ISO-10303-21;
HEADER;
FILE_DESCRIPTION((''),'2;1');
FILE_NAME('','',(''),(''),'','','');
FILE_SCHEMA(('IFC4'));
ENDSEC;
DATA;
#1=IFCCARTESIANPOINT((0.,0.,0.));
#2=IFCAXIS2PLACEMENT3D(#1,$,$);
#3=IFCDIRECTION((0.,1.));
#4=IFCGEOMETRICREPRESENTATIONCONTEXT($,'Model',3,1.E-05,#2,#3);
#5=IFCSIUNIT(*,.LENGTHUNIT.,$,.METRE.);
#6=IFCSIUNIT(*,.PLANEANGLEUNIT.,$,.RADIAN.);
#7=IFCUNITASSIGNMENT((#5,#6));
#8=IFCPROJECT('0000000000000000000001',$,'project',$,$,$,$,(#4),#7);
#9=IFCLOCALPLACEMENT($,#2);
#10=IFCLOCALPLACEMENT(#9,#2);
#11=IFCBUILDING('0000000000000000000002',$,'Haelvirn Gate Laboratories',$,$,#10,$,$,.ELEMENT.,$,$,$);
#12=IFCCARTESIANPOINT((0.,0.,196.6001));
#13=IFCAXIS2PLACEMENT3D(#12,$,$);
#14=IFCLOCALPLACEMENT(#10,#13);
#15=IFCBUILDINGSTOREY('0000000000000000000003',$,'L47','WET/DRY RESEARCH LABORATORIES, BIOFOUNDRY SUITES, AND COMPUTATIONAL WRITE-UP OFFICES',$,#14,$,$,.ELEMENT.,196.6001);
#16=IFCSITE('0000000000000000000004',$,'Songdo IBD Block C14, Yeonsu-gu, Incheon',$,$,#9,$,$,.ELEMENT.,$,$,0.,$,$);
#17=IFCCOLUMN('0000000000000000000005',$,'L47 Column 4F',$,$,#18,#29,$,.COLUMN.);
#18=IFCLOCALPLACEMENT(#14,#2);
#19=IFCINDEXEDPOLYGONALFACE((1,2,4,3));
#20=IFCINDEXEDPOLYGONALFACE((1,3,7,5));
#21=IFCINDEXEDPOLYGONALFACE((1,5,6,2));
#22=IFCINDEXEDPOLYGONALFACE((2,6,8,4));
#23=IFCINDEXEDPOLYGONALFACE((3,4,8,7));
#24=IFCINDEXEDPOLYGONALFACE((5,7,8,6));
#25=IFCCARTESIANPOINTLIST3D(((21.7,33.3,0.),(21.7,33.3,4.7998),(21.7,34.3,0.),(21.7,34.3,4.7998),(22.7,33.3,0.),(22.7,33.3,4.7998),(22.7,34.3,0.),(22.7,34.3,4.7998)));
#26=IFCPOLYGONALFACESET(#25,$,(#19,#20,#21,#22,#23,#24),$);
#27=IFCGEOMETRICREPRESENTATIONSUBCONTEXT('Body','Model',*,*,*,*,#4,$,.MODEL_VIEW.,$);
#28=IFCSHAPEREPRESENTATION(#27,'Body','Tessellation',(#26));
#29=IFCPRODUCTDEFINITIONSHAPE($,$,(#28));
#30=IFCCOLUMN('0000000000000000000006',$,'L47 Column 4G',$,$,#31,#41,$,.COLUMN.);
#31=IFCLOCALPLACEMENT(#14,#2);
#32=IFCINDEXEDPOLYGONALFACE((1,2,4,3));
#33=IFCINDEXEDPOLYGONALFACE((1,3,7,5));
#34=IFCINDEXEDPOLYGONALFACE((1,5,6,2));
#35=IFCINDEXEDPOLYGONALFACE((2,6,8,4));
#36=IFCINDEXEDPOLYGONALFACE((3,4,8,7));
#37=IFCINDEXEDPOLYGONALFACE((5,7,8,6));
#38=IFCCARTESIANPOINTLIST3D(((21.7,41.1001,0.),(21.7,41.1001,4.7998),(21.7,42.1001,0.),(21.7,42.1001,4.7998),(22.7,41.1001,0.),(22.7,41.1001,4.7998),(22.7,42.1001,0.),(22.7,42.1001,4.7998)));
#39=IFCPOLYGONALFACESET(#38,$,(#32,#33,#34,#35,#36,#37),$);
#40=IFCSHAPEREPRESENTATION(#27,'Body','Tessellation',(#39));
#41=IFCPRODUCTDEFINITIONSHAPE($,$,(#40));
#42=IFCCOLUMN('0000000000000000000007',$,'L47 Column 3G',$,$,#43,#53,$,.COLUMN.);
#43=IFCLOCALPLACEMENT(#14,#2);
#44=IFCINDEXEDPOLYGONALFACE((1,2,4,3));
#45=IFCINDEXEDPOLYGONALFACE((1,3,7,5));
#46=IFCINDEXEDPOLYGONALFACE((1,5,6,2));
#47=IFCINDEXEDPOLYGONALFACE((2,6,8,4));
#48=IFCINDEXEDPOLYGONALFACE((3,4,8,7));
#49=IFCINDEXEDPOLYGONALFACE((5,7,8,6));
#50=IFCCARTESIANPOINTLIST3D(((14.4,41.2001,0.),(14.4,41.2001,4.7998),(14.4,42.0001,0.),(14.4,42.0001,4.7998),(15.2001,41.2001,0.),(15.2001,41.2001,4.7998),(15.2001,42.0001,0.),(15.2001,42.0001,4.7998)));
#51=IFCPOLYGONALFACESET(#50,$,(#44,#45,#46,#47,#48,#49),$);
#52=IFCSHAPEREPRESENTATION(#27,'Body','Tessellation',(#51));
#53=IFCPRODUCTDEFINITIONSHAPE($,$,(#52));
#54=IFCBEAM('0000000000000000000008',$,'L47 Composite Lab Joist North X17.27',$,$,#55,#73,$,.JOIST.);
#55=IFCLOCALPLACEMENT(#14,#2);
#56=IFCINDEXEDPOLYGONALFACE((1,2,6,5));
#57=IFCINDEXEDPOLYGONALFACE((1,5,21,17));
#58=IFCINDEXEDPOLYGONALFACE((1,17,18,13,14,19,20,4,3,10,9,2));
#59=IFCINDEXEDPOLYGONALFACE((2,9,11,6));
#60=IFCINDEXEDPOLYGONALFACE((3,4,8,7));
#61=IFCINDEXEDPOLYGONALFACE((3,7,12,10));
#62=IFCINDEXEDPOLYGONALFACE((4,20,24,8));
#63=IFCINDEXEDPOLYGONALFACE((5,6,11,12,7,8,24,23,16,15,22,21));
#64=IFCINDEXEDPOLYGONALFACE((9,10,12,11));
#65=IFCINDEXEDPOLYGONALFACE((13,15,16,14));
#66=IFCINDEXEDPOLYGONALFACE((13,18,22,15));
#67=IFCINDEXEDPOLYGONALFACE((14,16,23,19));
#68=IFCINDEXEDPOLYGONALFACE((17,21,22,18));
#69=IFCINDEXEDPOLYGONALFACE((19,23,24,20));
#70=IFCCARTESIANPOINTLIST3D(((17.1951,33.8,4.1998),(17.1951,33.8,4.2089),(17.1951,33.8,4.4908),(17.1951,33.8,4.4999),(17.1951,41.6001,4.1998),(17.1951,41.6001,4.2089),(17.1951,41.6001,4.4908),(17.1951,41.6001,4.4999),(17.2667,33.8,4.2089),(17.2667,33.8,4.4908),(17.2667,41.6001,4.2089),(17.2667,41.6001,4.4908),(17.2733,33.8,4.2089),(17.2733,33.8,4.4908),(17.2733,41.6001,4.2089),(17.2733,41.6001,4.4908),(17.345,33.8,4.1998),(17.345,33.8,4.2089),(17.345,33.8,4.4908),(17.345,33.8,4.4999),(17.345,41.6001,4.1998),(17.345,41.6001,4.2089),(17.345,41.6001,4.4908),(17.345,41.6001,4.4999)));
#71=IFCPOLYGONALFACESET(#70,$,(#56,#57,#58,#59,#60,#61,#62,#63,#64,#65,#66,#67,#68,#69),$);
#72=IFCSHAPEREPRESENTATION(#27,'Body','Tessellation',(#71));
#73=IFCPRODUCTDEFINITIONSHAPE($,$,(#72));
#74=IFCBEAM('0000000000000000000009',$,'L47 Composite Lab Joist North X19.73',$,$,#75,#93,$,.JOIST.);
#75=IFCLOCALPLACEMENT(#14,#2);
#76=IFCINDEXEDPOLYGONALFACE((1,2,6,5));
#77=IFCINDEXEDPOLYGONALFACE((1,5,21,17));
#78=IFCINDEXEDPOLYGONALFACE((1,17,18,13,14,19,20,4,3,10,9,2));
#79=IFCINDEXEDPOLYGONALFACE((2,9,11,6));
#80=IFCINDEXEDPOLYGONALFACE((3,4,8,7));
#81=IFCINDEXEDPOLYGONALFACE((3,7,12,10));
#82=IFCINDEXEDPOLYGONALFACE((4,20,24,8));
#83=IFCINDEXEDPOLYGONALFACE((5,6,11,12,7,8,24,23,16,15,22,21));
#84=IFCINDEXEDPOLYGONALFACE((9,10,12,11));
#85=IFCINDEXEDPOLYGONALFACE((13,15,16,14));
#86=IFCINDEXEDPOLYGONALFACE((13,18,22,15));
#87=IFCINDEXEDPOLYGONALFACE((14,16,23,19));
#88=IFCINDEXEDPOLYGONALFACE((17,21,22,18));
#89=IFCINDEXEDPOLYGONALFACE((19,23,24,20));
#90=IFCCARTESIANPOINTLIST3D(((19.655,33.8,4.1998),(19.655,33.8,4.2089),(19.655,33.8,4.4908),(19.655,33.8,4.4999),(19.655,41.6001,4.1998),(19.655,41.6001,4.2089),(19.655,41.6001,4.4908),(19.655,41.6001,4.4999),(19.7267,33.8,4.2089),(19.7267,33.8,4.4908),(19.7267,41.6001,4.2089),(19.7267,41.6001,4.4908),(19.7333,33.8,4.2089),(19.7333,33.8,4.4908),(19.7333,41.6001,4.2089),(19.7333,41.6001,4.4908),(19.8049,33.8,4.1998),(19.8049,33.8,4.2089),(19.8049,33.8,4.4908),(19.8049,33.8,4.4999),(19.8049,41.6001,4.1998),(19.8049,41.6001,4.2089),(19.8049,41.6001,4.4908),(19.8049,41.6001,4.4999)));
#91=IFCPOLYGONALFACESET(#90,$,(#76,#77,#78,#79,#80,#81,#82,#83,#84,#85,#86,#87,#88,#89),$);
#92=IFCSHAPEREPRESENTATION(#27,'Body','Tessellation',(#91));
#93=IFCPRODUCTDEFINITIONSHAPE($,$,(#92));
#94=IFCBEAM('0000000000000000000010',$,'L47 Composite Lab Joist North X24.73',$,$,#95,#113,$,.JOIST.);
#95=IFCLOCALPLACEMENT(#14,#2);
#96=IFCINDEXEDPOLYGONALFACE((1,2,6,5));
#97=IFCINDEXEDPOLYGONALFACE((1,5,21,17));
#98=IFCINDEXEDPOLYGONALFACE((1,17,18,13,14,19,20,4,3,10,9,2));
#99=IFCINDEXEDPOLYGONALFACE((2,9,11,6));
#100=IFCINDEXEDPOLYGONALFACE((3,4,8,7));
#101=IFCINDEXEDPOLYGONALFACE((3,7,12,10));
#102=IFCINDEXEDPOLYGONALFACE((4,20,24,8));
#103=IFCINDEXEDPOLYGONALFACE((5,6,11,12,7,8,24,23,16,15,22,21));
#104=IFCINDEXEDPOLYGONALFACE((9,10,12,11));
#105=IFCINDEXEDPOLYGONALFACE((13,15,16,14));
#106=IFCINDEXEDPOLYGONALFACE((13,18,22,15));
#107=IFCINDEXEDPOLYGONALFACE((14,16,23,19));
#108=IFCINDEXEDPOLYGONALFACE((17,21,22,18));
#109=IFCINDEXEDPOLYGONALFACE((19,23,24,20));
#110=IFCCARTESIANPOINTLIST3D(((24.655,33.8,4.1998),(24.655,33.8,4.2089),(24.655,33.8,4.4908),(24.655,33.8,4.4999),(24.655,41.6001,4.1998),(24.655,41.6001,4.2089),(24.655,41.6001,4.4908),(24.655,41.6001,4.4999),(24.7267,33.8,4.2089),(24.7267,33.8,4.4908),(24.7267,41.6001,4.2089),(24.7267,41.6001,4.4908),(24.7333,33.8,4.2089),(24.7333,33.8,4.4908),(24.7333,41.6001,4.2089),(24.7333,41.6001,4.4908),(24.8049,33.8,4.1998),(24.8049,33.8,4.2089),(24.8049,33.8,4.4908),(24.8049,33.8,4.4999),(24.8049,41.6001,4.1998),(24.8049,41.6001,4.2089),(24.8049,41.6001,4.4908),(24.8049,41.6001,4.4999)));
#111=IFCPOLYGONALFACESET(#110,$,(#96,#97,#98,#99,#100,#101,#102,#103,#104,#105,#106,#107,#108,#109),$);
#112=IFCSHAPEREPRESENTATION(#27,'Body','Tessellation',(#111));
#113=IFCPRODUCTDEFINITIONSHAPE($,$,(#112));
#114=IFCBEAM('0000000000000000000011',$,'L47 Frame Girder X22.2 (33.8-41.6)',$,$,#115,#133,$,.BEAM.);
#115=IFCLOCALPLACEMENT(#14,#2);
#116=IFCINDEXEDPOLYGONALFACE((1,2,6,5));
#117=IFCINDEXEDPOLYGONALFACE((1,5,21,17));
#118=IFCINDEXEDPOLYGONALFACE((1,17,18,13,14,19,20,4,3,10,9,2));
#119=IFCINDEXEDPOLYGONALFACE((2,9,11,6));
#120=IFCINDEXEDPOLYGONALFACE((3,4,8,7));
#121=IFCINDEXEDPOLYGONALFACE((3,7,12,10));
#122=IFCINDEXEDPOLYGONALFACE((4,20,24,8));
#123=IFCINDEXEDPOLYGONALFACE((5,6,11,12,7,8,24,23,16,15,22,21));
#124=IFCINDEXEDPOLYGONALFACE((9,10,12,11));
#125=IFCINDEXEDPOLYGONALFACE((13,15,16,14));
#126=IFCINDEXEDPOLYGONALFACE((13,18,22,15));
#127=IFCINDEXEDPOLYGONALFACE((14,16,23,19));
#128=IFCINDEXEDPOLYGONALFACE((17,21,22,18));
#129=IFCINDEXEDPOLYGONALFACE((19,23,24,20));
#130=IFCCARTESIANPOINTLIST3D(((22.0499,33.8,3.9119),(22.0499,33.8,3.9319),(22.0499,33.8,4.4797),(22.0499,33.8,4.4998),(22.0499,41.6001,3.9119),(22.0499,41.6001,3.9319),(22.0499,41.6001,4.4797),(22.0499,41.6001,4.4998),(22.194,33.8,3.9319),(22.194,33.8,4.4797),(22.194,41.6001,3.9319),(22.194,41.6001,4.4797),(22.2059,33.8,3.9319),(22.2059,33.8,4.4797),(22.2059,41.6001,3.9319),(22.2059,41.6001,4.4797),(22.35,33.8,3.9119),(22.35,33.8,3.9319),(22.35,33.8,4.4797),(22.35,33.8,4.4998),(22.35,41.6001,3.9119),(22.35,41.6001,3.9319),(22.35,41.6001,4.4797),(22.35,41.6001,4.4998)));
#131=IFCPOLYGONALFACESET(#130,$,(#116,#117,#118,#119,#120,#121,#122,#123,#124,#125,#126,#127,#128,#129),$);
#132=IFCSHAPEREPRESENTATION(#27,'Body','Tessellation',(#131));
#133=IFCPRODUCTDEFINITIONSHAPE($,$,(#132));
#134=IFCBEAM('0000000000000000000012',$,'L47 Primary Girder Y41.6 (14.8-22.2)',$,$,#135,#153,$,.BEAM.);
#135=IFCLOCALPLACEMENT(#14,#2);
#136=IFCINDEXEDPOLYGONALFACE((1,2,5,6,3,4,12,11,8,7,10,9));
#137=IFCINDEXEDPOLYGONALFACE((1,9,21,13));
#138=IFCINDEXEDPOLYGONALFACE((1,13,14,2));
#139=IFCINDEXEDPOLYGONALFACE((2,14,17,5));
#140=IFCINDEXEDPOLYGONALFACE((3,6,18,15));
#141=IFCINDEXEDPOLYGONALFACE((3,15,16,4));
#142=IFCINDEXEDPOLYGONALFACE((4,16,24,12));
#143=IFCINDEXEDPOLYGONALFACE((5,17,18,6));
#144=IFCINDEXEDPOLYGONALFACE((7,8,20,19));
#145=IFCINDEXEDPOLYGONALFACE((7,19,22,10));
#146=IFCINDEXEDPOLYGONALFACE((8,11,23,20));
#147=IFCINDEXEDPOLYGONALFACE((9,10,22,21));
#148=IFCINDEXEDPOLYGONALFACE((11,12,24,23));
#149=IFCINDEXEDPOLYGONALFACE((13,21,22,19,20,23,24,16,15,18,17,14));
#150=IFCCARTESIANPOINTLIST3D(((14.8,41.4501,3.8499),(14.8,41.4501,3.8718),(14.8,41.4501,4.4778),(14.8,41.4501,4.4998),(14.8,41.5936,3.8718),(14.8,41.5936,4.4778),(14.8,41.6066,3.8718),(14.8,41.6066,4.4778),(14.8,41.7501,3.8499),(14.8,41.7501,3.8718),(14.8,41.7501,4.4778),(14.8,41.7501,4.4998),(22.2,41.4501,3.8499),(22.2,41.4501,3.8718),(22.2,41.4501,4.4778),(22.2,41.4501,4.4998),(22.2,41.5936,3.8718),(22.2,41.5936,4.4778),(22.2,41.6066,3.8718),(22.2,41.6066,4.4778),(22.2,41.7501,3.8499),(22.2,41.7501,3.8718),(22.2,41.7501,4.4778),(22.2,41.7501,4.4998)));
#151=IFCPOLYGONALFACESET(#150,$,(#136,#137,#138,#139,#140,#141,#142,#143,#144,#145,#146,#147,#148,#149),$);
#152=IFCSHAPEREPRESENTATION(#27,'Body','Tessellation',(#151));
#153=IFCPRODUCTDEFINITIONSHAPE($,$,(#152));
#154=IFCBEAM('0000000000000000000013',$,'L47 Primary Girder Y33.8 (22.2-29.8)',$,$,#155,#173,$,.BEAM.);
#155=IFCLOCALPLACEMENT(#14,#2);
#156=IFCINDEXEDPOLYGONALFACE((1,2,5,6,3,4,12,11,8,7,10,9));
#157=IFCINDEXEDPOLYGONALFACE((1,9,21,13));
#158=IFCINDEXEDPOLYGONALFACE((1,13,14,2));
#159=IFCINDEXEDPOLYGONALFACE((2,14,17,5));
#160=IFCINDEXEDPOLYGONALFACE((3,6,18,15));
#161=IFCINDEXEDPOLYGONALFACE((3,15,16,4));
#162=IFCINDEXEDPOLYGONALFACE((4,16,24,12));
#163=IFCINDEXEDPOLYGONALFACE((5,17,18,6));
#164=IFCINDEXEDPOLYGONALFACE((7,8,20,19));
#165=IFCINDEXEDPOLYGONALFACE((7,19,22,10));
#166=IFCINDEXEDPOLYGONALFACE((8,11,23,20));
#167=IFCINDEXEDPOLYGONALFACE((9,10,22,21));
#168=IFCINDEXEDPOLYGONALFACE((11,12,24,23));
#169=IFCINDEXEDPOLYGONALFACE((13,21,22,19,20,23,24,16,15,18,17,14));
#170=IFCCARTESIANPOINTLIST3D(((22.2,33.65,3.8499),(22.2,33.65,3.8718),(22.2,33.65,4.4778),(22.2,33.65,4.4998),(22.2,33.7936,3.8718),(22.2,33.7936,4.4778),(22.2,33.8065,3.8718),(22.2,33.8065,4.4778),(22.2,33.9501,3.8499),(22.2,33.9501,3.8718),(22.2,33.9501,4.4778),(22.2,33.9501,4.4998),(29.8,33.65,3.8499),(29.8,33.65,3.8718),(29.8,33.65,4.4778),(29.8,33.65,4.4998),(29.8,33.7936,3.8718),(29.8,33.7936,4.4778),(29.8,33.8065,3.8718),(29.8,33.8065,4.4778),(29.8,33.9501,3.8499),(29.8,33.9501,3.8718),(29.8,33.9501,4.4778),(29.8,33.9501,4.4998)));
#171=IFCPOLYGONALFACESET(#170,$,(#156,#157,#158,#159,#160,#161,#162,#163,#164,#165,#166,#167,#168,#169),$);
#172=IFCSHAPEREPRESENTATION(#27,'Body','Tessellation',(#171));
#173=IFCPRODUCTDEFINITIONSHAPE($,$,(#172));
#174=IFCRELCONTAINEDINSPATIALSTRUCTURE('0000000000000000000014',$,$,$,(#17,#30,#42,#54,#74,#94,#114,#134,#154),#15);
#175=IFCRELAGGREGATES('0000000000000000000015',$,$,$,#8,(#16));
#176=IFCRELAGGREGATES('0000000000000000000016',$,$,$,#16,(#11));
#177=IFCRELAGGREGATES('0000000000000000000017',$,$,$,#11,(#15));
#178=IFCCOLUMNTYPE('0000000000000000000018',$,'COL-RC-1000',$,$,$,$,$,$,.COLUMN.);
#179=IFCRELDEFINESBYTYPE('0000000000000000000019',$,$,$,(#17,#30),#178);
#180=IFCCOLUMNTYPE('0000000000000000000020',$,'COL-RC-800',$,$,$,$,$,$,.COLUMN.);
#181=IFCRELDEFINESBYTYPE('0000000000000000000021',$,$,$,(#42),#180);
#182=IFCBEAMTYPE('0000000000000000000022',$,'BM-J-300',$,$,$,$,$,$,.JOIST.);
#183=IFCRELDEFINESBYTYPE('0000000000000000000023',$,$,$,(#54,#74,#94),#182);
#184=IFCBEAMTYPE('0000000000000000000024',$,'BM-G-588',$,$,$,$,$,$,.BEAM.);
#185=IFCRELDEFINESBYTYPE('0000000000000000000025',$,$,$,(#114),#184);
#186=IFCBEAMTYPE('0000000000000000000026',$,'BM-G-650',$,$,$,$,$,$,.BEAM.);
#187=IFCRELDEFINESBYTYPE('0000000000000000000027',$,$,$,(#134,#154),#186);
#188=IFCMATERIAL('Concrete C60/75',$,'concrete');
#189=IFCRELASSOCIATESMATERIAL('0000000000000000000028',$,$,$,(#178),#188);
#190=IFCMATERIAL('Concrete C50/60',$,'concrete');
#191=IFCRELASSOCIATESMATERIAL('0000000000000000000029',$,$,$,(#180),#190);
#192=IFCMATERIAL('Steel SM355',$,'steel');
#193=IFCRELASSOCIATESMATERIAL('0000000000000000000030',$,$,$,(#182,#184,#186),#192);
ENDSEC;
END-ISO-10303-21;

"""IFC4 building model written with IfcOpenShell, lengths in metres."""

from ifc_helpers import new_model, si_unit, direction, frame, origin, origin_2d, place, context, subcontext, project, spatial, rectangle, i_section, extrude, source, transform, mapped, material, material_profile, profile_set, type_object, type_shapes, element, save


model = new_model("IFC4")

# Units and contexts
model_context = context("Model", 3, precision=1e-05, world=origin(), true_north=direction((0.0, 1.0)))
body_context = subcontext(model_context, "Body", "Model", "MODEL_VIEW")
ifc_project = project(units=[si_unit("LENGTHUNIT", "METRE"), si_unit("PLANEANGLEUNIT", "RADIAN")], contexts=[model_context])

# Site, building, storey
site_placement = place(None, origin())
site = spatial("IfcSite", under=ifc_project, at=site_placement, Name="Songdo IBD Block C14, Yeonsu-gu, Incheon", CompositionType="ELEMENT", RefElevation=0.0)
building_placement = place(site_placement, origin())
building = spatial("IfcBuilding", under=site, at=building_placement, Name="Haelvirn Gate Laboratories", CompositionType="ELEMENT")
storey_placement = place(building_placement, frame((0.0, 0.0, 196.6001)))
storey = spatial("IfcBuildingStorey", under=building, at=storey_placement, Name="L47", Description="WET/DRY RESEARCH LABORATORIES, BIOFOUNDRY SUITES, AND COMPUTATIONAL WRITE-UP OFFICES", CompositionType="ELEMENT", Elevation=196.6001)

# Columns
ifc_material_1 = material(Name="Concrete C60/75", Category="concrete")
ifc_material_profile_1 = material_profile(ifc_material_1, rectangle(XDim=1.0, YDim=1.0, at=origin_2d()), Name="RC-1000x1000")
ifc_profile_set_1 = profile_set([ifc_material_profile_1], Name="Concrete C60/75")
column_type_1 = type_object("IfcColumnType", Name="COL-RC-1000", PredefinedType="COLUMN", material=ifc_profile_set_1)
shared_shape_1 = source(origin(), body_context, "Body", "SweptSolid", [
    extrude(rectangle(XDim=1.0, YDim=1.0, at=origin_2d()), origin(), (0.0, 0.0, 1.0), 4.7998),
])
type_shapes(column_type_1, [shared_shape_1])
for number, where, z_axis, x_axis, name in (
    (1, (22.2, 33.8, 0.0), (0.0, 0.0, 1.0), (1.0, 0.0, 0.0), "L47 Column 4F"),
    (2, (22.2, 41.6001, 0.0), (0.0, 0.0, 1.0), (1.0, 0.0, 0.0), "L47 Column 4G"),
):
    element("IfcColumn", number, at=place(storey_placement, frame(where, z_axis=z_axis, x_axis=x_axis)), inside=storey, type_object=column_type_1, Name=name, PredefinedType="COLUMN", context=body_context, shape_type="MappedRepresentation", body=[
        mapped(shared_shape_1, transform((0.0, 0.0, 0.0), scale=1.0)),
    ])
ifc_material_2 = material(Name="Concrete C50/60", Category="concrete")
ifc_material_profile_2 = material_profile(ifc_material_2, rectangle(XDim=0.8, YDim=0.8, at=origin_2d()), Name="RC-800x800")
ifc_profile_set_2 = profile_set([ifc_material_profile_2], Name="Concrete C50/60")
column_type_2 = type_object("IfcColumnType", Name="COL-RC-800", PredefinedType="COLUMN", material=ifc_profile_set_2)
shared_shape_2 = source(origin(), body_context, "Body", "SweptSolid", [
    extrude(rectangle(XDim=0.8, YDim=0.8, at=origin_2d()), origin(), (0.0, 0.0, 1.0), 4.7998),
])
type_shapes(column_type_2, [shared_shape_2])
column_placement = place(storey_placement, frame((14.8, 41.6001, 0.0), z_axis=(0.0, 0.0, 1.0), x_axis=(1.0, 0.0, 0.0)))
element("IfcColumn", 3, at=column_placement, inside=storey, type_object=column_type_2, Name="L47 Column 3G", PredefinedType="COLUMN", context=body_context, shape_type="MappedRepresentation", body=[
    mapped(shared_shape_2, transform((0.0, 0.0, 0.0), scale=1.0)),
])

# Beams
ifc_material_3 = material(Name="Steel SM355", Category="steel")
ifc_material_profile_3 = material_profile(ifc_material_3, i_section(OverallWidth=0.1499, OverallDepth=0.3, WebThickness=0.0066, FlangeThickness=0.009, at=origin_2d()), Name="H-300x150x6.5x9")
ifc_profile_set_3 = profile_set([ifc_material_profile_3], Name="Steel SM355")
beam_type_1 = type_object("IfcBeamType", Name="BM-J-300", PredefinedType="JOIST", material=ifc_profile_set_3)
shared_shape_3 = source(origin(), body_context, "Body", "SweptSolid", [
    extrude(i_section(OverallWidth=0.1499, OverallDepth=0.3, WebThickness=0.0066, FlangeThickness=0.009, at=origin_2d()), origin(), (0.0, 0.0, 1.0), 7.8),
])
type_shapes(beam_type_1, [shared_shape_3])
for number, where, z_axis, x_axis, name in (
    (4, (17.27, 33.8, 4.3499), (0.0, 1.0, 0.0), (-1.0, 0.0, 0.0), "L47 Composite Lab Joist North X17.27"),
    (5, (19.73, 33.8, 4.3499), (0.0, 1.0, 0.0), (-1.0, 0.0, 0.0), "L47 Composite Lab Joist North X19.73"),
    (6, (24.73, 33.8, 4.3499), (0.0, 1.0, 0.0), (-1.0, 0.0, 0.0), "L47 Composite Lab Joist North X24.73"),
):
    element("IfcBeam", number, at=place(storey_placement, frame(where, z_axis=z_axis, x_axis=x_axis)), inside=storey, type_object=beam_type_1, Name=name, PredefinedType="JOIST", context=body_context, shape_type="MappedRepresentation", body=[
        mapped(shared_shape_3, transform((0.0, 0.0, 0.0), scale=1.0)),
    ])
ifc_material_profile_4 = material_profile(ifc_material_3, i_section(OverallWidth=0.3, OverallDepth=0.5879, WebThickness=0.012, FlangeThickness=0.02, at=origin_2d()), Name="H-588x300x12x20")
ifc_profile_set_4 = profile_set([ifc_material_profile_4], Name="Steel SM355")
beam_type_2 = type_object("IfcBeamType", Name="BM-G-588", PredefinedType="BEAM", material=ifc_profile_set_4)
shared_shape_4 = source(origin(), body_context, "Body", "SweptSolid", [
    extrude(i_section(OverallWidth=0.3, OverallDepth=0.5879, WebThickness=0.012, FlangeThickness=0.02, at=origin_2d()), origin(), (0.0, 0.0, 1.0), 7.8),
])
type_shapes(beam_type_2, [shared_shape_4])
beam_1_placement = place(storey_placement, frame((22.2, 33.8, 4.2058), z_axis=(0.0, 1.0, 0.0), x_axis=(-1.0, 0.0, 0.0)))
element("IfcBeam", 7, at=beam_1_placement, inside=storey, type_object=beam_type_2, Name="L47 Frame Girder X22.2 (33.8-41.6)", PredefinedType="BEAM", context=body_context, shape_type="MappedRepresentation", body=[
    mapped(shared_shape_4, transform((0.0, 0.0, 0.0), scale=1.0)),
])
ifc_material_profile_5 = material_profile(ifc_material_3, i_section(OverallWidth=0.3, OverallDepth=0.6499, WebThickness=0.0129, FlangeThickness=0.022, at=origin_2d()), Name="H-650x300x13x22")
ifc_profile_set_5 = profile_set([ifc_material_profile_5], Name="Steel SM355")
beam_type_3 = type_object("IfcBeamType", Name="BM-G-650", PredefinedType="BEAM", material=ifc_profile_set_5)
shared_shape_5 = source(origin(), body_context, "Body", "SweptSolid", [
    extrude(i_section(OverallWidth=0.3, OverallDepth=0.6499, WebThickness=0.0129, FlangeThickness=0.022, at=origin_2d()), origin(), (0.0, 0.0, 1.0), 7.3999),
])
beam_2_placement = place(storey_placement, frame((14.8, 41.6001, 4.1748), z_axis=(1.0, 0.0, 0.0), x_axis=(0.0, 1.0, 0.0)))
element("IfcBeam", 8, at=beam_2_placement, inside=storey, type_object=beam_type_3, Name="L47 Primary Girder Y41.6 (14.8-22.2)", PredefinedType="BEAM", context=body_context, shape_type="MappedRepresentation", body=[
    mapped(shared_shape_5, transform((0.0, 0.0, 0.0), scale=1.0)),
])
shared_shape_6 = source(origin(), body_context, "Body", "SweptSolid", [
    extrude(i_section(OverallWidth=0.3, OverallDepth=0.6499, WebThickness=0.0129, FlangeThickness=0.022, at=origin_2d()), origin(), (0.0, 0.0, 1.0), 7.6001),
])
type_shapes(beam_type_3, [shared_shape_5, shared_shape_6])
for number, where, z_axis, x_axis, name in (
    (9, (22.2, 33.8, 4.1748), (1.0, 0.0, 0.0), (0.0, 1.0, 0.0), "L47 Primary Girder Y33.8 (22.2-29.8)"),
):
    element("IfcBeam", number, at=place(storey_placement, frame(where, z_axis=z_axis, x_axis=x_axis)), inside=storey, type_object=beam_type_3, Name=name, PredefinedType="BEAM", context=body_context, shape_type="MappedRepresentation", body=[
        mapped(shared_shape_6, transform((0.0, 0.0, 0.0), scale=1.0)),
    ])

save(model, "model.ifc")
